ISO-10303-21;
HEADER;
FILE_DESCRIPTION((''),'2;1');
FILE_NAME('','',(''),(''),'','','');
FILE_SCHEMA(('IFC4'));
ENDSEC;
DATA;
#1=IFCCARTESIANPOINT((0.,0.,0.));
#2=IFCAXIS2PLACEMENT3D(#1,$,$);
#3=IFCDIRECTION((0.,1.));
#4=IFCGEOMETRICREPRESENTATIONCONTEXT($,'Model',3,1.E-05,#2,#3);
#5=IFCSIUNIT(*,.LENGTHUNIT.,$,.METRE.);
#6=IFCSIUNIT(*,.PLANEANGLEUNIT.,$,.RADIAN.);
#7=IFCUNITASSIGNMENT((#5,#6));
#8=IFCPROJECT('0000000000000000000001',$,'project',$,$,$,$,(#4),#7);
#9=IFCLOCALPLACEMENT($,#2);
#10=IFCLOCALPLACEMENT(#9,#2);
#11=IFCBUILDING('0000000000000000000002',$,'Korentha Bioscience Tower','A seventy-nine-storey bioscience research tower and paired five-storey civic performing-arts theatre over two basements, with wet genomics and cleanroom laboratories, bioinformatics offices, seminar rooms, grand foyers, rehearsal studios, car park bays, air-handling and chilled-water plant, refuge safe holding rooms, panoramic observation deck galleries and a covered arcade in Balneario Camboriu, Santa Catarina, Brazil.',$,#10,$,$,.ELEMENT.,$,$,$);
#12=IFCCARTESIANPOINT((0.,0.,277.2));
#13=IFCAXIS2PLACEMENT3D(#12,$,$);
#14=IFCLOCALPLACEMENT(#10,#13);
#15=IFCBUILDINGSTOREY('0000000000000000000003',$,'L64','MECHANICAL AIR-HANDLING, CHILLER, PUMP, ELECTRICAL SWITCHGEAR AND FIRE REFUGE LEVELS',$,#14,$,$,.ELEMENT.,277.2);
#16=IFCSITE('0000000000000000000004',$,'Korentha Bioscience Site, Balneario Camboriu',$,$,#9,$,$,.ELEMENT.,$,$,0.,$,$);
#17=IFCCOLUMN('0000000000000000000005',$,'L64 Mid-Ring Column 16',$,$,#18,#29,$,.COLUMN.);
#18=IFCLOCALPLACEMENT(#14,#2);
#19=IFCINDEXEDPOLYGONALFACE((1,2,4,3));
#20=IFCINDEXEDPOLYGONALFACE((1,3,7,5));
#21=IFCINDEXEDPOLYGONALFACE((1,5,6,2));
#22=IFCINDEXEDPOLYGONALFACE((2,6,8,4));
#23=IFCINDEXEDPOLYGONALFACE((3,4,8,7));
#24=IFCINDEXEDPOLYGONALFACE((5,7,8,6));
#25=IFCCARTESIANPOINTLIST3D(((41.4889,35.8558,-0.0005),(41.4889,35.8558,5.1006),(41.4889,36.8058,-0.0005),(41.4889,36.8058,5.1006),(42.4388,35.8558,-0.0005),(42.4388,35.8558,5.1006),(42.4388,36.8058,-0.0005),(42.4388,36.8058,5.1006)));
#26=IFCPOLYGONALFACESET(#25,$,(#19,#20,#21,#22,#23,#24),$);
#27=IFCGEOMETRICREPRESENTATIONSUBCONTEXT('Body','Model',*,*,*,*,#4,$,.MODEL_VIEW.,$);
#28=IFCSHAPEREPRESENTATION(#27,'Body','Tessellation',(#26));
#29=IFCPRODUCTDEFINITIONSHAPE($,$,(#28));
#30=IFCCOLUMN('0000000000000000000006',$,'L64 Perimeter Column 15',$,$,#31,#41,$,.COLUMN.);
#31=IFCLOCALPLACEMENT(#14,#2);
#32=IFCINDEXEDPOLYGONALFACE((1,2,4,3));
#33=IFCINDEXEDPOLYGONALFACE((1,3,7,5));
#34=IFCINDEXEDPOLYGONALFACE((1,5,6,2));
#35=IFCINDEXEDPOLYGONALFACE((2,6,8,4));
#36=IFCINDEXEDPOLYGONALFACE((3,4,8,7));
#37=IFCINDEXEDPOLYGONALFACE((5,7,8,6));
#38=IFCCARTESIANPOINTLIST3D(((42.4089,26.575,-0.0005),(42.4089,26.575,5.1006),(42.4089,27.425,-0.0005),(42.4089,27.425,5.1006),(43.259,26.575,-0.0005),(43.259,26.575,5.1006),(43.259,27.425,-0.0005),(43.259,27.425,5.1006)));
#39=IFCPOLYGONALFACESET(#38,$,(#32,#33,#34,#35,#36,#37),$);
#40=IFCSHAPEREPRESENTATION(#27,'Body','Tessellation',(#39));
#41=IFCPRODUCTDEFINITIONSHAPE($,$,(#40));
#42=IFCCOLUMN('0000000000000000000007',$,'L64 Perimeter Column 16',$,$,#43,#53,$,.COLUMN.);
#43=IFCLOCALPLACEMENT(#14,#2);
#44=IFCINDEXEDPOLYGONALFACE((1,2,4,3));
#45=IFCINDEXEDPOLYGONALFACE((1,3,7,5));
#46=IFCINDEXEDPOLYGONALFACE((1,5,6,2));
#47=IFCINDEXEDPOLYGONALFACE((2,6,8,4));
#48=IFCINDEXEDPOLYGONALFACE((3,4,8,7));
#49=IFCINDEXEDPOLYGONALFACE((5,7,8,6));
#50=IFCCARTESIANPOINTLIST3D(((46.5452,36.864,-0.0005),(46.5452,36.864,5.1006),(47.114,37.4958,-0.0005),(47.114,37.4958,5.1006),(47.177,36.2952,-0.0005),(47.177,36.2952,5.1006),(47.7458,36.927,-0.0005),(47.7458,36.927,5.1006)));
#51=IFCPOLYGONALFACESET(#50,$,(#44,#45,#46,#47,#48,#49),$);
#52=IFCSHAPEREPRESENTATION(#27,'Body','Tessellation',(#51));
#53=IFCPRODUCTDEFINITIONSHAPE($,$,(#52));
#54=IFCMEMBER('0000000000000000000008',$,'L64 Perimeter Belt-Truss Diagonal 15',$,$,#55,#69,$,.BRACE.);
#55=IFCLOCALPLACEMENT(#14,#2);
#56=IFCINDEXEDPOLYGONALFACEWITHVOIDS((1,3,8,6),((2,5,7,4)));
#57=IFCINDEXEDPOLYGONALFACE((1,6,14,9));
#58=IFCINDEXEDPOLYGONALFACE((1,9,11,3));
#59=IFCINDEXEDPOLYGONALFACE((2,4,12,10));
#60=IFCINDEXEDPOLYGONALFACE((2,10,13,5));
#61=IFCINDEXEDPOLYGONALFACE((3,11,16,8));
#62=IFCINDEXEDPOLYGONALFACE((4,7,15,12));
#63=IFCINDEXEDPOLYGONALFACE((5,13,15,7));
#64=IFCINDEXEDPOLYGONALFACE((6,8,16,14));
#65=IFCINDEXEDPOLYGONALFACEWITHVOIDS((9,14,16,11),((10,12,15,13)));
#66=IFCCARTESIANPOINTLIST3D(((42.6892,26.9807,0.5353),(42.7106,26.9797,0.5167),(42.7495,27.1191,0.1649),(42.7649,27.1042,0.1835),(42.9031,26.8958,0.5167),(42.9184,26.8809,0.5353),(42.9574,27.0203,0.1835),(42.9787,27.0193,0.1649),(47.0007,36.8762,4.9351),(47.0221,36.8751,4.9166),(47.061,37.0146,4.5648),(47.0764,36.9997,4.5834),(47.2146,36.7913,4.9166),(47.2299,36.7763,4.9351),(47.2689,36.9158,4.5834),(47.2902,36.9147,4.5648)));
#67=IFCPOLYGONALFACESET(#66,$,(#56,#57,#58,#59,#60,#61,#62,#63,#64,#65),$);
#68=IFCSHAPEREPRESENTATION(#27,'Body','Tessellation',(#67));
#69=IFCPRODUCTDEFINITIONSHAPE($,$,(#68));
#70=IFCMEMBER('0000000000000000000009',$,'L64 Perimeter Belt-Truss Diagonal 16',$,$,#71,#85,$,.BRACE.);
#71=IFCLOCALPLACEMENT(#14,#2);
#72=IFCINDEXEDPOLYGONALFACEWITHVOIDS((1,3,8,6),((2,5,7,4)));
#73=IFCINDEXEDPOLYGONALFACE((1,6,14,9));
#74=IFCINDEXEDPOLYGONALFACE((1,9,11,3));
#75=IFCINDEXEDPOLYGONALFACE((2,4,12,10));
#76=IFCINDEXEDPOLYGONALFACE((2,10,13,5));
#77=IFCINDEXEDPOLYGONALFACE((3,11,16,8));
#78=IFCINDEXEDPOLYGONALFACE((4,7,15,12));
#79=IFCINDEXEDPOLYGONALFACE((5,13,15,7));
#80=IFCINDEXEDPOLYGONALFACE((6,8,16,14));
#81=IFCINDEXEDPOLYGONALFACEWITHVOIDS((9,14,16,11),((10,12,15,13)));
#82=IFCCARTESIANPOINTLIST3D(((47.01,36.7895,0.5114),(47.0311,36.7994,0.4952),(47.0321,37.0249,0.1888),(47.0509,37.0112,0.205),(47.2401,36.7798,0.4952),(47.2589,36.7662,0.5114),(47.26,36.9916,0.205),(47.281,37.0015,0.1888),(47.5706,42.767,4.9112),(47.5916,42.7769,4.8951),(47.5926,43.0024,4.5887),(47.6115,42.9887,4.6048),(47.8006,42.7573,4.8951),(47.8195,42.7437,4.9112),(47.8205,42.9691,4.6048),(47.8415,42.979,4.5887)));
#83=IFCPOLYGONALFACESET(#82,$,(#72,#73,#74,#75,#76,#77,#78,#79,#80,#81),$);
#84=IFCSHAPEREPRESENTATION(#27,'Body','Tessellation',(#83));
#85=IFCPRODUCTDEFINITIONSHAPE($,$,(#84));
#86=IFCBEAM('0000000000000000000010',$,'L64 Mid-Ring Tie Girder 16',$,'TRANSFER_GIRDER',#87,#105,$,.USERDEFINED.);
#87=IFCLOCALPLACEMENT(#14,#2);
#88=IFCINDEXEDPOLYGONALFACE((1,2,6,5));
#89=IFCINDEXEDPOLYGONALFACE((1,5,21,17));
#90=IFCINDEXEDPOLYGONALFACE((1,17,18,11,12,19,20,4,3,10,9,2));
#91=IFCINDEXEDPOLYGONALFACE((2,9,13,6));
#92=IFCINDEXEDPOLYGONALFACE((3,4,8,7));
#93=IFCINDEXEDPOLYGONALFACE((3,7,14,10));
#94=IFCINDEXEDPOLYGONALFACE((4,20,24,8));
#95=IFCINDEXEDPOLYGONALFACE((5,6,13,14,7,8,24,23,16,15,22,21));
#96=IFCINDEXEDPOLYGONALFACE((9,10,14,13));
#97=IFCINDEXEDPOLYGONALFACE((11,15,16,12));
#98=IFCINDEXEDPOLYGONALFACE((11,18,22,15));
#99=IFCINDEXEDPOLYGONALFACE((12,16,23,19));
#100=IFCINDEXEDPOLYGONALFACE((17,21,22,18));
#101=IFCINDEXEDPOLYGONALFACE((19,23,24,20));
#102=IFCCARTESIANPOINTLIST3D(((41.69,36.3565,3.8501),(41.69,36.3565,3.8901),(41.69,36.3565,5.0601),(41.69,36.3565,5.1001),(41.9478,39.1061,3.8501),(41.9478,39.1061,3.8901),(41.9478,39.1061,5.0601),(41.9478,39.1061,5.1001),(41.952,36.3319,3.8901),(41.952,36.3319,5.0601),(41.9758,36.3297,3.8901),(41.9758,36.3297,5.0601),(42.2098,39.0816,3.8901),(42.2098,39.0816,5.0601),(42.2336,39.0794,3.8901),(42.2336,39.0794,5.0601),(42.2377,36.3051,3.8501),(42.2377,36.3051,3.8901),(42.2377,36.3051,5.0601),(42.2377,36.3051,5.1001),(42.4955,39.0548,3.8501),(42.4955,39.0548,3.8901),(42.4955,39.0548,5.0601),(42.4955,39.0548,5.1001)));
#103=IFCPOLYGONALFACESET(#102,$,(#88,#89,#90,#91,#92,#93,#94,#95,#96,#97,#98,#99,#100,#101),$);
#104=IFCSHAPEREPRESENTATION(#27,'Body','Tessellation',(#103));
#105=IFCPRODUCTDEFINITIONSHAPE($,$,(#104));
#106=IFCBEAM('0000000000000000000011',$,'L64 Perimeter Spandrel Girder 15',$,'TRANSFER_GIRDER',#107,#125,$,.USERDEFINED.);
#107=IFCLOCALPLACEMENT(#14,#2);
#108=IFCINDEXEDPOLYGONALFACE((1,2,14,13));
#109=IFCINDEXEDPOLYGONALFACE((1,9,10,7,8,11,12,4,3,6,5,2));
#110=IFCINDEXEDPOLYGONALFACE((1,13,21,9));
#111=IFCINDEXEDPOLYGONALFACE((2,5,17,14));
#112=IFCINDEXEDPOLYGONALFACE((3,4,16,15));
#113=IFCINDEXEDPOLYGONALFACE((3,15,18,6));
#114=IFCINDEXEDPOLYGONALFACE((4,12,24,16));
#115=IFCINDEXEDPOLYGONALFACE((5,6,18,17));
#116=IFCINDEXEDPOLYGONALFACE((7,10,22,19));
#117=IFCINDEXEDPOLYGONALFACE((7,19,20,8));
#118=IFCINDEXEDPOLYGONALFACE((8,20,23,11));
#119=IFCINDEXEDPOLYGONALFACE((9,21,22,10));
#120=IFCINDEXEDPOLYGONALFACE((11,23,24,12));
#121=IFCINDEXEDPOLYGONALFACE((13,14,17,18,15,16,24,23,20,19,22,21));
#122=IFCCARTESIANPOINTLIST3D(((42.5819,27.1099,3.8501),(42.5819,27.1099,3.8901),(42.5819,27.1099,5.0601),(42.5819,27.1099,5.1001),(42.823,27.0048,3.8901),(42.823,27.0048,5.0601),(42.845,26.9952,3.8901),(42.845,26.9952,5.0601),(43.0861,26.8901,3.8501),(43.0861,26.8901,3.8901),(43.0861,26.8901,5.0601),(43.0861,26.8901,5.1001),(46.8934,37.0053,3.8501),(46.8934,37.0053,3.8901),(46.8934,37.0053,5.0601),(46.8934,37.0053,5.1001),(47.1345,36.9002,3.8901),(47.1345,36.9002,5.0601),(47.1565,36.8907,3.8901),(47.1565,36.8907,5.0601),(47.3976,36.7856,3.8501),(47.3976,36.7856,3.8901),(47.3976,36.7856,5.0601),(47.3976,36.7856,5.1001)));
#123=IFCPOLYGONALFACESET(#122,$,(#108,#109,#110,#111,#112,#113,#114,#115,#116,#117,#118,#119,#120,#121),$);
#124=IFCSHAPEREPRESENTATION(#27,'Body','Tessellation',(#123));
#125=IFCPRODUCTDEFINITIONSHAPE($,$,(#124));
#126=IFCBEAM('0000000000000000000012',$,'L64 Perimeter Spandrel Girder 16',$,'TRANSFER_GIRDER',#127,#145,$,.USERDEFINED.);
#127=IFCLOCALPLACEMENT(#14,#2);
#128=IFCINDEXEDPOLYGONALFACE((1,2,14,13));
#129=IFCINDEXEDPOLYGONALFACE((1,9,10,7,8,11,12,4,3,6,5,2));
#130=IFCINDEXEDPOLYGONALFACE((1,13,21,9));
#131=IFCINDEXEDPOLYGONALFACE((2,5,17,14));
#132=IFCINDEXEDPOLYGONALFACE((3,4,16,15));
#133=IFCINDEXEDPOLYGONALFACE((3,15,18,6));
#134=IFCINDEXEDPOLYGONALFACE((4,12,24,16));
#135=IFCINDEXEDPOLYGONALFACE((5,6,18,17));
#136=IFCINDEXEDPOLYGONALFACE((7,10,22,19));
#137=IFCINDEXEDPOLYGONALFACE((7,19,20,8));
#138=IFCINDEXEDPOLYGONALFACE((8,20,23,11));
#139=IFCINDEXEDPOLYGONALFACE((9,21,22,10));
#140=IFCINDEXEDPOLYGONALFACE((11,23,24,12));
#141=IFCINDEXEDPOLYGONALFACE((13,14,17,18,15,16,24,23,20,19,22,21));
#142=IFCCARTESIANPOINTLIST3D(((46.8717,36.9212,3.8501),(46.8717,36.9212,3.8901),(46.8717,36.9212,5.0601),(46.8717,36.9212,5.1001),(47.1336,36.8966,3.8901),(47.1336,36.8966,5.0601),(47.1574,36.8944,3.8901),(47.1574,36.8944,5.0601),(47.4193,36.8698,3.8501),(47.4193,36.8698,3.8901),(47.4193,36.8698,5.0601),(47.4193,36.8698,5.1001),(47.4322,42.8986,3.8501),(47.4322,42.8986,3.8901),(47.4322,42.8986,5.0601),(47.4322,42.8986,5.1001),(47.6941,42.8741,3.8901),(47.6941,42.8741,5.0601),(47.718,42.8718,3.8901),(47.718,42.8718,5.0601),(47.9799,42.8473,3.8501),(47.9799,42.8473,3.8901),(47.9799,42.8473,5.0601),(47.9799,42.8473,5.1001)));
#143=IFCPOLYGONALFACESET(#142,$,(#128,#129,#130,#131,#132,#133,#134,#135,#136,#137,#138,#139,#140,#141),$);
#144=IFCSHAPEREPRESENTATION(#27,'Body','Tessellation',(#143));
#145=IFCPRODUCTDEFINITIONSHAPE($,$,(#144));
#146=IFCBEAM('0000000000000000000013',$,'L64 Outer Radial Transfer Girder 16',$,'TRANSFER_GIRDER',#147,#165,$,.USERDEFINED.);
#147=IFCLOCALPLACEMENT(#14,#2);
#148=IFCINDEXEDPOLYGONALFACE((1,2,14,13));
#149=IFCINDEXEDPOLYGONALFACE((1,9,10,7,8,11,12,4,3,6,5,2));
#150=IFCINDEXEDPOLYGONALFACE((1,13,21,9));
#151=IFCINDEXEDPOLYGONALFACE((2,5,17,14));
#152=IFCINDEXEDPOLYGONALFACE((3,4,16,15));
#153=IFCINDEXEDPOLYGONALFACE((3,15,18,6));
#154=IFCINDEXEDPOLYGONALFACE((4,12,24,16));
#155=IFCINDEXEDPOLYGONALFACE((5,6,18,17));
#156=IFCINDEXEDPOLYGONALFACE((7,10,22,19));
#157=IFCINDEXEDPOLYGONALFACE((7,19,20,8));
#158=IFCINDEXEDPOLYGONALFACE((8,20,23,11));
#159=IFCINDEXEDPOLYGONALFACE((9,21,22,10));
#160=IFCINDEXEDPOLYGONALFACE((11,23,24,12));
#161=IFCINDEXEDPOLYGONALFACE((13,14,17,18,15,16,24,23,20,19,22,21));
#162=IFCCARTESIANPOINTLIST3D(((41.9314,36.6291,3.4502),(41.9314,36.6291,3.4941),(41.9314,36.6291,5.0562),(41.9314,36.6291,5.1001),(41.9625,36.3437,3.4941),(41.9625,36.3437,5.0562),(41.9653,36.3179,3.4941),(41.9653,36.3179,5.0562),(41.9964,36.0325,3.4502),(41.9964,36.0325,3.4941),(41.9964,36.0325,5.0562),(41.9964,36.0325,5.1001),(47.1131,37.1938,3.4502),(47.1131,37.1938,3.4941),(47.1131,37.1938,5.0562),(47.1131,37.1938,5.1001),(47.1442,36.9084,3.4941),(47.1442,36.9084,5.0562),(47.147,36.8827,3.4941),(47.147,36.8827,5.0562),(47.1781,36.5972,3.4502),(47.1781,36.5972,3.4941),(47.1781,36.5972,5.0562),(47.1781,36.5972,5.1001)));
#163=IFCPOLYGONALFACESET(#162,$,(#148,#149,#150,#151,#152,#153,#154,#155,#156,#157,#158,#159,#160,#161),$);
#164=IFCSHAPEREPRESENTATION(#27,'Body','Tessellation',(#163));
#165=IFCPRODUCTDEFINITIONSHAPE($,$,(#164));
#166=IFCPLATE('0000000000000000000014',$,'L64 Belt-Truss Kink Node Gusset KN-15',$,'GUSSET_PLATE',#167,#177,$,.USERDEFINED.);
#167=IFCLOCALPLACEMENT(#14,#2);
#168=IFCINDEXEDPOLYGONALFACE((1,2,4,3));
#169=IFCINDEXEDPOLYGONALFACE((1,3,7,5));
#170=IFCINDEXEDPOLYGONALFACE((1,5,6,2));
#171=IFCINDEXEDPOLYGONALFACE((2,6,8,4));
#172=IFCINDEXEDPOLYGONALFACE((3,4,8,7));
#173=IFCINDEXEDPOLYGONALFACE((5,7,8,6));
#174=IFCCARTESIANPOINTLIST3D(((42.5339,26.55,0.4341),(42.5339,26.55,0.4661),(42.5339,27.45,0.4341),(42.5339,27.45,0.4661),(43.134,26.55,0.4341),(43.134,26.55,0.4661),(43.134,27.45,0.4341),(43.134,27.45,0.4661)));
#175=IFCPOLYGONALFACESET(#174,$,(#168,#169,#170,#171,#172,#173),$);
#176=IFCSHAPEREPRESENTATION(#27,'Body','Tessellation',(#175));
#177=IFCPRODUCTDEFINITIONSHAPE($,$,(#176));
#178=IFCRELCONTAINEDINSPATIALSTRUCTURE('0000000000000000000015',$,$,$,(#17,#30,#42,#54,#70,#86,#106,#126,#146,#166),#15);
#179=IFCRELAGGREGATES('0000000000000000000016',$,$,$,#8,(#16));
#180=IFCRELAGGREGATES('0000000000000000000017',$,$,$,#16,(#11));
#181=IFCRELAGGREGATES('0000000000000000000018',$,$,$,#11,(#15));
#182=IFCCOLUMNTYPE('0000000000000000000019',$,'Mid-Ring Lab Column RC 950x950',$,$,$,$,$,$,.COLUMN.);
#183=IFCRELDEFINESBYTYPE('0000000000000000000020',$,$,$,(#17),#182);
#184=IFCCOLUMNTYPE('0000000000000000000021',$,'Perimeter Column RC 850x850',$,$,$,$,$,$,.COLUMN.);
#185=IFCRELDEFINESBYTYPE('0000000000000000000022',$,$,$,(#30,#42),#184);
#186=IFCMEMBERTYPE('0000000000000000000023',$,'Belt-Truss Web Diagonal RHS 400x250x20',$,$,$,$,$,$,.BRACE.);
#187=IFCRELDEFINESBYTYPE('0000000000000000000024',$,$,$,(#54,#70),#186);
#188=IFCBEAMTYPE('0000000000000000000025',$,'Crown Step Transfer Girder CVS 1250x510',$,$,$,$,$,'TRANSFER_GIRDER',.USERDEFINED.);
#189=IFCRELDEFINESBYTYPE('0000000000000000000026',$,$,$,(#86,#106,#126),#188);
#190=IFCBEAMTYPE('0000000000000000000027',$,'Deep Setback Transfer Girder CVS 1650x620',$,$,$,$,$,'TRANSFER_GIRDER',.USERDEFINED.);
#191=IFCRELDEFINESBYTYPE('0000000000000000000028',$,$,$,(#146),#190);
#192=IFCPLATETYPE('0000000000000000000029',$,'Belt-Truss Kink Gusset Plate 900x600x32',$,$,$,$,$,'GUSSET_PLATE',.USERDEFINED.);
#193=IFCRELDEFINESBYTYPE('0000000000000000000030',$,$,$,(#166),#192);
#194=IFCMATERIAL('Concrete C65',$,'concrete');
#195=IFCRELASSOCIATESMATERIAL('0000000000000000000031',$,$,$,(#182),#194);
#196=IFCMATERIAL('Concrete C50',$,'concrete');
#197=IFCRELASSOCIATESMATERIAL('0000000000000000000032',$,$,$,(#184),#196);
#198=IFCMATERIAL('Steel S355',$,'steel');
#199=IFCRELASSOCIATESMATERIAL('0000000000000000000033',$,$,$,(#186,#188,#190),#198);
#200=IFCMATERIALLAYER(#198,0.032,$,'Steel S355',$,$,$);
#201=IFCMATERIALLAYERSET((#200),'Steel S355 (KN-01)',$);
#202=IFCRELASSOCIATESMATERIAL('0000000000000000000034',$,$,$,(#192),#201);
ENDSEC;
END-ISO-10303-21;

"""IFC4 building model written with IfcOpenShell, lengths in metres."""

from ifc_helpers import new_model, si_unit, direction, frame, origin, origin_2d, place, context, subcontext, project, spatial, rectangle, hollow_rectangle, i_section, extrude, material, layer, layer_set, material_profile, profile_set, type_object, element, save


model = new_model("IFC4")

# Units and contexts
model_context = context("Model", 3, precision=1e-05, world=origin(), true_north=direction((0.0, 1.0)))
body_context = subcontext(model_context, "Body", "Model", "MODEL_VIEW")
ifc_project = project(units=[si_unit("LENGTHUNIT", "METRE"), si_unit("PLANEANGLEUNIT", "RADIAN")], contexts=[model_context])

# Site, building, storey
site_placement = place(None, origin())
site = spatial("IfcSite", under=ifc_project, at=site_placement, Name="Korentha Bioscience Site, Balneario Camboriu", CompositionType="ELEMENT", RefElevation=0.0)
building_placement = place(site_placement, origin())
building = spatial("IfcBuilding", under=site, at=building_placement, Name="Korentha Bioscience Tower", Description="A seventy-nine-storey bioscience research tower and paired five-storey civic performing-arts theatre over two basements, with wet genomics and cleanroom laboratories, bioinformatics offices, seminar rooms, grand foyers, rehearsal studios, car park bays, air-handling and chilled-water plant, refuge safe holding rooms, panoramic observation deck galleries and a covered arcade in Balneario Camboriu, Santa Catarina, Brazil.", CompositionType="ELEMENT")
storey_placement = place(building_placement, frame((0.0, 0.0, 277.2)))
storey = spatial("IfcBuildingStorey", under=building, at=storey_placement, Name="L64", Description="MECHANICAL AIR-HANDLING, CHILLER, PUMP, ELECTRICAL SWITCHGEAR AND FIRE REFUGE LEVELS", CompositionType="ELEMENT", Elevation=277.2)

# Columns
ifc_material_1 = material(Name="Concrete C65", Category="concrete")
ifc_material_profile_1 = material_profile(ifc_material_1, rectangle(XDim=0.95, YDim=0.95, at=origin_2d()), Name="Concrete C65")
ifc_profile_set_1 = profile_set([ifc_material_profile_1], Name="Concrete C65 (COL-MR09)")
column_type_1 = type_object("IfcColumnType", Name="Mid-Ring Lab Column RC 950x950", PredefinedType="COLUMN", material=ifc_profile_set_1)
column_placement = place(storey_placement, frame((41.9639, 36.3308, -0.0005), z_axis=(0.0, 0.0, 1.0), x_axis=(1.0, 0.0, 0.0)))
element("IfcColumn", 1, at=column_placement, inside=storey, type_object=column_type_1, Name="L64 Mid-Ring Column 16", PredefinedType="COLUMN", context=body_context, shape_type="SweptSolid", body=[
    extrude(rectangle(XDim=0.95, YDim=0.95, at=origin_2d()), origin(), (0.0, 0.0, 1.0), 5.1011),
])
ifc_material_2 = material(Name="Concrete C50", Category="concrete")
ifc_material_profile_2 = material_profile(ifc_material_2, rectangle(XDim=0.8501, YDim=0.8501, at=origin_2d()), Name="Concrete C50")
ifc_profile_set_2 = profile_set([ifc_material_profile_2], Name="Concrete C50 (COL-P08)")
column_type_2 = type_object("IfcColumnType", Name="Perimeter Column RC 850x850", PredefinedType="COLUMN", material=ifc_profile_set_2)
for number, where, z_axis, x_axis, name in (
    (2, (42.834, 27.0, -0.0005), (0.0, 0.0, 1.0), (0.0, 1.0, 0.0), "L64 Perimeter Column 15"),
    (3, (47.1455, 36.8955, -0.0005), (0.0, 0.0, 1.0), (0.669131, 0.743145, 0.0), "L64 Perimeter Column 16"),
):
    element("IfcColumn", number, at=place(storey_placement, frame(where, z_axis=z_axis, x_axis=x_axis)), inside=storey, type_object=column_type_2, Name=name, PredefinedType="COLUMN", context=body_context, shape_type="SweptSolid", body=[
        extrude(rectangle(XDim=0.8501, YDim=0.8501, at=origin_2d()), origin(), (0.0, 0.0, 1.0), 5.1011),
    ])

# Members
ifc_material_3 = material(Name="Steel S355", Category="steel")
ifc_material_profile_3 = material_profile(ifc_material_3, hollow_rectangle(XDim=0.25, YDim=0.3999, WallThickness=0.02, at=origin_2d()), Name="Steel S355")
ifc_profile_set_3 = profile_set([ifc_material_profile_3], Name="Steel S355 (BT-D400)")
member_type = type_object("IfcMemberType", Name="Belt-Truss Web Diagonal RHS 400x250x20", PredefinedType="BRACE", material=ifc_profile_set_3)
member_1_placement = place(storey_placement, frame((42.834, 27.0, 0.3501), z_axis=(0.369888, 0.84894, 0.37747), x_axis=(-0.916761, 0.399437, 0.0)))
element("IfcMember", 4, at=member_1_placement, inside=storey, type_object=member_type, Name="L64 Perimeter Belt-Truss Diagonal 15", PredefinedType="BRACE", context=body_context, shape_type="SweptSolid", body=[
    extrude(hollow_rectangle(XDim=0.25, YDim=0.3999, WallThickness=0.02, at=origin_2d()), origin(), (0.0, 0.0, 1.0), 11.6562),
])
member_2_placement = place(storey_placement, frame((47.1455, 36.8955, 0.3501), z_axis=(0.075308, 0.803065, 0.591114), x_axis=(-0.995632, 0.093366, 0.0)))
element("IfcMember", 5, at=member_2_placement, inside=storey, type_object=member_type, Name="L64 Perimeter Belt-Truss Diagonal 16", PredefinedType="BRACE", context=body_context, shape_type="SweptSolid", body=[
    extrude(hollow_rectangle(XDim=0.25, YDim=0.3999, WallThickness=0.02, at=origin_2d()), origin(), (0.0, 0.0, 1.0), 7.4434),
])

# Beams
ifc_material_profile_4 = material_profile(ifc_material_3, i_section(OverallWidth=0.55, OverallDepth=1.25, WebThickness=0.0239, FlangeThickness=0.04, at=origin_2d()), Name="Steel S355")
ifc_profile_set_4 = profile_set([ifc_material_profile_4], Name="Steel S355 (TG-03)")
beam_type_1 = type_object("IfcBeamType", Name="Crown Step Transfer Girder CVS 1250x510", ElementType="TRANSFER_GIRDER", PredefinedType="USERDEFINED", material=ifc_profile_set_4)
beam_1_placement = place(storey_placement, frame((41.9639, 36.3308, 4.4751), z_axis=(0.093349, 0.995633, 0.0), x_axis=(-0.995633, 0.093349, 0.0)))
element("IfcBeam", 6, at=beam_1_placement, inside=storey, type_object=beam_type_1, Name="L64 Mid-Ring Tie Girder 16", ObjectType="TRANSFER_GIRDER", PredefinedType="USERDEFINED", context=body_context, shape_type="SweptSolid", body=[
    extrude(i_section(OverallWidth=0.55, OverallDepth=1.25, WebThickness=0.0239, FlangeThickness=0.04, at=origin_2d()), origin(), (0.0, 0.0, 1.0), 2.7617),
])
beam_2_placement = place(storey_placement, frame((42.834, 27.0, 4.4751), z_axis=(0.399437, 0.916761, 0.0), x_axis=(-0.916761, 0.399437, 0.0)))
element("IfcBeam", 7, at=beam_2_placement, inside=storey, type_object=beam_type_1, Name="L64 Perimeter Spandrel Girder 15", ObjectType="TRANSFER_GIRDER", PredefinedType="USERDEFINED", context=body_context, shape_type="SweptSolid", body=[
    extrude(i_section(OverallWidth=0.55, OverallDepth=1.25, WebThickness=0.0239, FlangeThickness=0.04, at=origin_2d()), origin(), (0.0, 0.0, 1.0), 10.7939),
])
beam_3_placement = place(storey_placement, frame((47.1455, 36.8955, 4.4751), z_axis=(0.093366, 0.995632, 0.0), x_axis=(-0.995632, 0.093366, 0.0)))
element("IfcBeam", 8, at=beam_3_placement, inside=storey, type_object=beam_type_1, Name="L64 Perimeter Spandrel Girder 16", ObjectType="TRANSFER_GIRDER", PredefinedType="USERDEFINED", context=body_context, shape_type="SweptSolid", body=[
    extrude(i_section(OverallWidth=0.55, OverallDepth=1.25, WebThickness=0.0239, FlangeThickness=0.04, at=origin_2d()), origin(), (0.0, 0.0, 1.0), 6.0037),
])
ifc_material_profile_5 = material_profile(ifc_material_3, i_section(OverallWidth=0.6001, OverallDepth=1.6499, WebThickness=0.0259, FlangeThickness=0.0439, at=origin_2d()), Name="Steel S355")
ifc_profile_set_5 = profile_set([ifc_material_profile_5], Name="Steel S355 (TG-04)")
beam_type_2 = type_object("IfcBeamType", Name="Deep Setback Transfer Girder CVS 1650x620", ElementType="TRANSFER_GIRDER", PredefinedType="USERDEFINED", material=ifc_profile_set_5)
beam_4_placement = place(storey_placement, frame((41.9639, 36.3308, 4.2751), z_axis=(0.994114, 0.108339, 0.0), x_axis=(-0.108339, 0.994114, 0.0)))
element("IfcBeam", 9, at=beam_4_placement, inside=storey, type_object=beam_type_2, Name="L64 Outer Radial Transfer Girder 16", ObjectType="TRANSFER_GIRDER", PredefinedType="USERDEFINED", context=body_context, shape_type="SweptSolid", body=[
    extrude(i_section(OverallWidth=0.6001, OverallDepth=1.6499, WebThickness=0.0259, FlangeThickness=0.0439, at=origin_2d()), origin(), (0.0, 0.0, 1.0), 5.2124),
])

# Plate
ifc_layer_1 = layer(ifc_material_3, 0.032, Name="Steel S355")
ifc_layer_set_1 = layer_set([ifc_layer_1], Name="Steel S355 (KN-01)")
plate_type_1 = type_object("IfcPlateType", Name="Belt-Truss Kink Gusset Plate 900x600x32", ElementType="GUSSET_PLATE", PredefinedType="USERDEFINED", material=ifc_layer_set_1)
for number, where, z_axis, x_axis, name in (
    (10, (42.834, 27.0, 0.4341), (0.0, 0.0, 1.0), (0.0, 1.0, 0.0), "L64 Belt-Truss Kink Node Gusset KN-15"),
):
    element("IfcPlate", number, at=place(storey_placement, frame(where, z_axis=z_axis, x_axis=x_axis)), inside=storey, type_object=plate_type_1, Name=name, ObjectType="GUSSET_PLATE", PredefinedType="USERDEFINED", context=body_context, shape_type="SweptSolid", body=[
        extrude(rectangle(XDim=0.8999, YDim=0.6001, at=origin_2d()), origin(), (0.0, 0.0, 1.0), 0.032),
    ])

save(model, "model.ifc")
